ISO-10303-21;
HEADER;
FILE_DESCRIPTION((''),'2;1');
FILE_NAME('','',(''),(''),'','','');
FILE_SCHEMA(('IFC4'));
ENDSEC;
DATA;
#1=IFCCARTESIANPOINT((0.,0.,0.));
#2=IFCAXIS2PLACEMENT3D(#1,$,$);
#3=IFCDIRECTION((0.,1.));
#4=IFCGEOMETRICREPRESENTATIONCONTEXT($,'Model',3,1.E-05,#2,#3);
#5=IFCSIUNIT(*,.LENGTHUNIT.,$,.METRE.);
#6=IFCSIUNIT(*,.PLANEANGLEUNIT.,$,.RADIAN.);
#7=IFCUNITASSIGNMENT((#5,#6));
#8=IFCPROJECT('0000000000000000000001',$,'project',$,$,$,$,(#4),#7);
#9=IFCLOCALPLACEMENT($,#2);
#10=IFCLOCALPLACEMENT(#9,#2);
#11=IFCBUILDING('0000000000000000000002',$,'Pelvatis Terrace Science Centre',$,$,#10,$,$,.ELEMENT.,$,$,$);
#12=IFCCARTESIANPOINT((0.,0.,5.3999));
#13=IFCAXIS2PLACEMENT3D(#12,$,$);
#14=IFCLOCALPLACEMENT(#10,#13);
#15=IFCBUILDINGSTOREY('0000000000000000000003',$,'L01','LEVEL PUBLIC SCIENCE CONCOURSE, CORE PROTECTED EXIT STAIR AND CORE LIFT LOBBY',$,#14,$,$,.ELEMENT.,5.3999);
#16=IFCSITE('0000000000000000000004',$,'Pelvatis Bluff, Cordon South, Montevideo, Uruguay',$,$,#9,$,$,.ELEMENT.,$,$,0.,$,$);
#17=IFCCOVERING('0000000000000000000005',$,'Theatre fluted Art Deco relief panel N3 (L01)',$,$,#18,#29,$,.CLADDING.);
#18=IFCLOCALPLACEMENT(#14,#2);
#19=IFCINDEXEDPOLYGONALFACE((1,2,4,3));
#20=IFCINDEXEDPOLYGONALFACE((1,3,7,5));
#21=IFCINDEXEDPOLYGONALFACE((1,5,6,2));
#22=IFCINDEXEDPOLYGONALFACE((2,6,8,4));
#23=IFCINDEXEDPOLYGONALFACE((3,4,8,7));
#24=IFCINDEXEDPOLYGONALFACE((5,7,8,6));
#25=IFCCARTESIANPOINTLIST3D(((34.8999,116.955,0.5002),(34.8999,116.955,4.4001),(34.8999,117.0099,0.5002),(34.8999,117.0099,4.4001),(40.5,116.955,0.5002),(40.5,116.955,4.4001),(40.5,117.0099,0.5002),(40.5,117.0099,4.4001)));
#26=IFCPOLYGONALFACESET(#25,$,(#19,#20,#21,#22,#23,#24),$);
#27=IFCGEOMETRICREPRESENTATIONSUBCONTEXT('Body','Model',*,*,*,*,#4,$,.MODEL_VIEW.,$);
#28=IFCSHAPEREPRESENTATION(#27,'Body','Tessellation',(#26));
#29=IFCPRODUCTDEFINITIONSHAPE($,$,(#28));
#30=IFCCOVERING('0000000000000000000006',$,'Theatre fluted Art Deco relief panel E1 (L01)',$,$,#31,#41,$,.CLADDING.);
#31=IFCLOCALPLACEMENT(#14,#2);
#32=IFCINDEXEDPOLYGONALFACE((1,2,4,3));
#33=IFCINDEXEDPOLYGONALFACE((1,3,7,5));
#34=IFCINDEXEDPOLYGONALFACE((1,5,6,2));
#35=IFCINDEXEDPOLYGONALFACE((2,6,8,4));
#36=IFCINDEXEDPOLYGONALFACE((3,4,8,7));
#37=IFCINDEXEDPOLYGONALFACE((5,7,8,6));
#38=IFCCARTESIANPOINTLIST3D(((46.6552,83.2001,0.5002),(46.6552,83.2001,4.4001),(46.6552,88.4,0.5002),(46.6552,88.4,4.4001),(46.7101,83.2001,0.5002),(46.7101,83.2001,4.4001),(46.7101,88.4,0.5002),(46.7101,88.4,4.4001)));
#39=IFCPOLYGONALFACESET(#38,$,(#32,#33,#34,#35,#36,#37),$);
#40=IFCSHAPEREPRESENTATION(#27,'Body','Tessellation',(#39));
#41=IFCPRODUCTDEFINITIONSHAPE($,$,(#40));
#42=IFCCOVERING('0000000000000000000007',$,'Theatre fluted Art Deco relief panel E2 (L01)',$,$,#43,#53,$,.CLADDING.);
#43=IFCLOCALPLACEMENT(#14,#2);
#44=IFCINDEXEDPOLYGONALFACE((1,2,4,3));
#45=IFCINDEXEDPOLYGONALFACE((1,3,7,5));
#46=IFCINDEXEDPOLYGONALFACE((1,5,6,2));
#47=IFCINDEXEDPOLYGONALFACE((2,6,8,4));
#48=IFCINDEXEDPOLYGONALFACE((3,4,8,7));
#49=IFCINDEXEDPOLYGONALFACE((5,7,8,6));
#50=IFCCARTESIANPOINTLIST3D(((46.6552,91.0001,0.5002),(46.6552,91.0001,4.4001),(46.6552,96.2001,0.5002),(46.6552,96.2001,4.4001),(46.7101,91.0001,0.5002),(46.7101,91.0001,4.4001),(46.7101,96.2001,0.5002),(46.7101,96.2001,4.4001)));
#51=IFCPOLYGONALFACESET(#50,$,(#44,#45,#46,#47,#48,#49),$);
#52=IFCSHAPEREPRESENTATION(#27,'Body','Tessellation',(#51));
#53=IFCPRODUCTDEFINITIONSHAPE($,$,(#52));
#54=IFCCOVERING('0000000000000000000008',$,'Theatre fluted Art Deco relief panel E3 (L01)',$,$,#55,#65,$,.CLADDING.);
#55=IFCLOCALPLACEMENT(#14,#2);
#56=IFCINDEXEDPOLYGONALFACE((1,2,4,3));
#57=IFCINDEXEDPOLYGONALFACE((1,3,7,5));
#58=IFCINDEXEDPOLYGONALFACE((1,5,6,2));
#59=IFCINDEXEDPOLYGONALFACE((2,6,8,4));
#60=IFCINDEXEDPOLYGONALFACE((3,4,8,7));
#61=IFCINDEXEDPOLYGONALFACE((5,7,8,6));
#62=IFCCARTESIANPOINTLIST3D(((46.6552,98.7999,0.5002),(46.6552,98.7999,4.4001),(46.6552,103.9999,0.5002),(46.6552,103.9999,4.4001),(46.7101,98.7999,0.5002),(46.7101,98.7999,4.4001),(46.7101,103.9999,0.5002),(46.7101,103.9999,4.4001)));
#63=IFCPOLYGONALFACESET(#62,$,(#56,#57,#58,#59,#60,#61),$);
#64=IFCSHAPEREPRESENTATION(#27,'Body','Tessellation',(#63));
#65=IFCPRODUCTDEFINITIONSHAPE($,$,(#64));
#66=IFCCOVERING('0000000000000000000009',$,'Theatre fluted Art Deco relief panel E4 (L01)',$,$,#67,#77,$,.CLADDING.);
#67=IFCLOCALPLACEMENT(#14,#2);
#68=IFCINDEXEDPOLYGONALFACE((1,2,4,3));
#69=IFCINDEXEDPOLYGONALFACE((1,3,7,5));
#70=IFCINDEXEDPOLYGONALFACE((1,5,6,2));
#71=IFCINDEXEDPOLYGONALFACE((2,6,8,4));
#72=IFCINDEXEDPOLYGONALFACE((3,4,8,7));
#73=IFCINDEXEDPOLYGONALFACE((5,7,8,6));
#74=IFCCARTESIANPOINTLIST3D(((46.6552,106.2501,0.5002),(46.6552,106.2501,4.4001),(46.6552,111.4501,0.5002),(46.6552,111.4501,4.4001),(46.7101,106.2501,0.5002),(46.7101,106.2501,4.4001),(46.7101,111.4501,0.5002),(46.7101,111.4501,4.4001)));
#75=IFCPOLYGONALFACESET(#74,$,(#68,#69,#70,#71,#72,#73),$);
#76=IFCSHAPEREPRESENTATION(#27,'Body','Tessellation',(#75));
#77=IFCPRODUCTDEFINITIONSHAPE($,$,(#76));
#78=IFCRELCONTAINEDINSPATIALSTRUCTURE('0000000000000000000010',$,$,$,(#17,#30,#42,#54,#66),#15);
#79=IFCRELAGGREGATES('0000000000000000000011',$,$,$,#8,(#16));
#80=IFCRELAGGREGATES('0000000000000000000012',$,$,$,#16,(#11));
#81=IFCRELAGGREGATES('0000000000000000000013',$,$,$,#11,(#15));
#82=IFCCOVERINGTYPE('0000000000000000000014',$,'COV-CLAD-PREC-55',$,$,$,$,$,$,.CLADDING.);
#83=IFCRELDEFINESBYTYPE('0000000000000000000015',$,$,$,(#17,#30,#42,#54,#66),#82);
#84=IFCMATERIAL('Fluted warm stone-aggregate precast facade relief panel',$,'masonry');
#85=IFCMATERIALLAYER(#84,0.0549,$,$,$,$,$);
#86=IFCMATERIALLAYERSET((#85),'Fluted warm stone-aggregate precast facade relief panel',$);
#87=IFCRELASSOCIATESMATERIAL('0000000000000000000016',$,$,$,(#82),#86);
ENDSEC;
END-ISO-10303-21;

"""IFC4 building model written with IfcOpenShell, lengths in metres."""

from ifc_helpers import new_model, si_unit, direction, frame, origin, origin_2d, place, context, subcontext, project, spatial, rectangle, extrude, material, layer, layer_set, type_object, element, save


model = new_model("IFC4")

# Units and contexts
model_context = context("Model", 3, precision=1e-05, world=origin(), true_north=direction((0.0, 1.0)))
body_context = subcontext(model_context, "Body", "Model", "MODEL_VIEW")
ifc_project = project(units=[si_unit("LENGTHUNIT", "METRE"), si_unit("PLANEANGLEUNIT", "RADIAN")], contexts=[model_context])

# Site, building, storey
site_placement = place(None, origin())
site = spatial("IfcSite", under=ifc_project, at=site_placement, Name="Pelvatis Bluff, Cordon South, Montevideo, Uruguay", CompositionType="ELEMENT", RefElevation=0.0)
building_placement = place(site_placement, origin())
building = spatial("IfcBuilding", under=site, at=building_placement, Name="Pelvatis Terrace Science Centre", CompositionType="ELEMENT")
storey_placement = place(building_placement, frame((0.0, 0.0, 5.3999)))
storey = spatial("IfcBuildingStorey", under=building, at=storey_placement, Name="L01", Description="LEVEL PUBLIC SCIENCE CONCOURSE, CORE PROTECTED EXIT STAIR AND CORE LIFT LOBBY", CompositionType="ELEMENT", Elevation=5.3999)

# Coverings
ifc_material_1 = material(Name="Fluted warm stone-aggregate precast facade relief panel", Category="masonry")
ifc_layer_1 = layer(ifc_material_1, 0.0549)
ifc_layer_set_1 = layer_set([ifc_layer_1], Name="Fluted warm stone-aggregate precast facade relief panel")
covering_type = type_object("IfcCoveringType", Name="COV-CLAD-PREC-55", PredefinedType="CLADDING", material=ifc_layer_set_1)
for number, where, z_axis, x_axis, name in (
    (1, (37.7, 116.9824, 0.5002), (0.0, 0.0, 1.0), (1.0, 0.0, 0.0), "Theatre fluted Art Deco relief panel N3 (L01)"),
):
    element("IfcCovering", number, at=place(storey_placement, frame(where, z_axis=z_axis, x_axis=x_axis)), inside=storey, type_object=covering_type, Name=name, PredefinedType="CLADDING", context=body_context, shape_type="SweptSolid", body=[
        extrude(rectangle(XDim=5.6001, YDim=0.0549, at=origin_2d()), origin(), (0.0, 0.0, 1.0), 3.8999),
    ])
for number, where, z_axis, x_axis, name in (
    (2, (46.6826, 85.8, 0.5002), (0.0, 0.0, 1.0), (1.0, 0.0, 0.0), "Theatre fluted Art Deco relief panel E1 (L01)"),
    (3, (46.6826, 93.6001, 0.5002), (0.0, 0.0, 1.0), (1.0, 0.0, 0.0), "Theatre fluted Art Deco relief panel E2 (L01)"),
    (4, (46.6826, 101.3999, 0.5002), (0.0, 0.0, 1.0), (1.0, 0.0, 0.0), "Theatre fluted Art Deco relief panel E3 (L01)"),
    (5, (46.6826, 108.8501, 0.5002), (0.0, 0.0, 1.0), (1.0, 0.0, 0.0), "Theatre fluted Art Deco relief panel E4 (L01)"),
):
    element("IfcCovering", number, at=place(storey_placement, frame(where, z_axis=z_axis, x_axis=x_axis)), inside=storey, type_object=covering_type, Name=name, PredefinedType="CLADDING", context=body_context, shape_type="SweptSolid", body=[
        extrude(rectangle(XDim=0.0549, YDim=5.2, at=origin_2d()), origin(), (0.0, 0.0, 1.0), 3.8999),
    ])

save(model, "model.ifc")
